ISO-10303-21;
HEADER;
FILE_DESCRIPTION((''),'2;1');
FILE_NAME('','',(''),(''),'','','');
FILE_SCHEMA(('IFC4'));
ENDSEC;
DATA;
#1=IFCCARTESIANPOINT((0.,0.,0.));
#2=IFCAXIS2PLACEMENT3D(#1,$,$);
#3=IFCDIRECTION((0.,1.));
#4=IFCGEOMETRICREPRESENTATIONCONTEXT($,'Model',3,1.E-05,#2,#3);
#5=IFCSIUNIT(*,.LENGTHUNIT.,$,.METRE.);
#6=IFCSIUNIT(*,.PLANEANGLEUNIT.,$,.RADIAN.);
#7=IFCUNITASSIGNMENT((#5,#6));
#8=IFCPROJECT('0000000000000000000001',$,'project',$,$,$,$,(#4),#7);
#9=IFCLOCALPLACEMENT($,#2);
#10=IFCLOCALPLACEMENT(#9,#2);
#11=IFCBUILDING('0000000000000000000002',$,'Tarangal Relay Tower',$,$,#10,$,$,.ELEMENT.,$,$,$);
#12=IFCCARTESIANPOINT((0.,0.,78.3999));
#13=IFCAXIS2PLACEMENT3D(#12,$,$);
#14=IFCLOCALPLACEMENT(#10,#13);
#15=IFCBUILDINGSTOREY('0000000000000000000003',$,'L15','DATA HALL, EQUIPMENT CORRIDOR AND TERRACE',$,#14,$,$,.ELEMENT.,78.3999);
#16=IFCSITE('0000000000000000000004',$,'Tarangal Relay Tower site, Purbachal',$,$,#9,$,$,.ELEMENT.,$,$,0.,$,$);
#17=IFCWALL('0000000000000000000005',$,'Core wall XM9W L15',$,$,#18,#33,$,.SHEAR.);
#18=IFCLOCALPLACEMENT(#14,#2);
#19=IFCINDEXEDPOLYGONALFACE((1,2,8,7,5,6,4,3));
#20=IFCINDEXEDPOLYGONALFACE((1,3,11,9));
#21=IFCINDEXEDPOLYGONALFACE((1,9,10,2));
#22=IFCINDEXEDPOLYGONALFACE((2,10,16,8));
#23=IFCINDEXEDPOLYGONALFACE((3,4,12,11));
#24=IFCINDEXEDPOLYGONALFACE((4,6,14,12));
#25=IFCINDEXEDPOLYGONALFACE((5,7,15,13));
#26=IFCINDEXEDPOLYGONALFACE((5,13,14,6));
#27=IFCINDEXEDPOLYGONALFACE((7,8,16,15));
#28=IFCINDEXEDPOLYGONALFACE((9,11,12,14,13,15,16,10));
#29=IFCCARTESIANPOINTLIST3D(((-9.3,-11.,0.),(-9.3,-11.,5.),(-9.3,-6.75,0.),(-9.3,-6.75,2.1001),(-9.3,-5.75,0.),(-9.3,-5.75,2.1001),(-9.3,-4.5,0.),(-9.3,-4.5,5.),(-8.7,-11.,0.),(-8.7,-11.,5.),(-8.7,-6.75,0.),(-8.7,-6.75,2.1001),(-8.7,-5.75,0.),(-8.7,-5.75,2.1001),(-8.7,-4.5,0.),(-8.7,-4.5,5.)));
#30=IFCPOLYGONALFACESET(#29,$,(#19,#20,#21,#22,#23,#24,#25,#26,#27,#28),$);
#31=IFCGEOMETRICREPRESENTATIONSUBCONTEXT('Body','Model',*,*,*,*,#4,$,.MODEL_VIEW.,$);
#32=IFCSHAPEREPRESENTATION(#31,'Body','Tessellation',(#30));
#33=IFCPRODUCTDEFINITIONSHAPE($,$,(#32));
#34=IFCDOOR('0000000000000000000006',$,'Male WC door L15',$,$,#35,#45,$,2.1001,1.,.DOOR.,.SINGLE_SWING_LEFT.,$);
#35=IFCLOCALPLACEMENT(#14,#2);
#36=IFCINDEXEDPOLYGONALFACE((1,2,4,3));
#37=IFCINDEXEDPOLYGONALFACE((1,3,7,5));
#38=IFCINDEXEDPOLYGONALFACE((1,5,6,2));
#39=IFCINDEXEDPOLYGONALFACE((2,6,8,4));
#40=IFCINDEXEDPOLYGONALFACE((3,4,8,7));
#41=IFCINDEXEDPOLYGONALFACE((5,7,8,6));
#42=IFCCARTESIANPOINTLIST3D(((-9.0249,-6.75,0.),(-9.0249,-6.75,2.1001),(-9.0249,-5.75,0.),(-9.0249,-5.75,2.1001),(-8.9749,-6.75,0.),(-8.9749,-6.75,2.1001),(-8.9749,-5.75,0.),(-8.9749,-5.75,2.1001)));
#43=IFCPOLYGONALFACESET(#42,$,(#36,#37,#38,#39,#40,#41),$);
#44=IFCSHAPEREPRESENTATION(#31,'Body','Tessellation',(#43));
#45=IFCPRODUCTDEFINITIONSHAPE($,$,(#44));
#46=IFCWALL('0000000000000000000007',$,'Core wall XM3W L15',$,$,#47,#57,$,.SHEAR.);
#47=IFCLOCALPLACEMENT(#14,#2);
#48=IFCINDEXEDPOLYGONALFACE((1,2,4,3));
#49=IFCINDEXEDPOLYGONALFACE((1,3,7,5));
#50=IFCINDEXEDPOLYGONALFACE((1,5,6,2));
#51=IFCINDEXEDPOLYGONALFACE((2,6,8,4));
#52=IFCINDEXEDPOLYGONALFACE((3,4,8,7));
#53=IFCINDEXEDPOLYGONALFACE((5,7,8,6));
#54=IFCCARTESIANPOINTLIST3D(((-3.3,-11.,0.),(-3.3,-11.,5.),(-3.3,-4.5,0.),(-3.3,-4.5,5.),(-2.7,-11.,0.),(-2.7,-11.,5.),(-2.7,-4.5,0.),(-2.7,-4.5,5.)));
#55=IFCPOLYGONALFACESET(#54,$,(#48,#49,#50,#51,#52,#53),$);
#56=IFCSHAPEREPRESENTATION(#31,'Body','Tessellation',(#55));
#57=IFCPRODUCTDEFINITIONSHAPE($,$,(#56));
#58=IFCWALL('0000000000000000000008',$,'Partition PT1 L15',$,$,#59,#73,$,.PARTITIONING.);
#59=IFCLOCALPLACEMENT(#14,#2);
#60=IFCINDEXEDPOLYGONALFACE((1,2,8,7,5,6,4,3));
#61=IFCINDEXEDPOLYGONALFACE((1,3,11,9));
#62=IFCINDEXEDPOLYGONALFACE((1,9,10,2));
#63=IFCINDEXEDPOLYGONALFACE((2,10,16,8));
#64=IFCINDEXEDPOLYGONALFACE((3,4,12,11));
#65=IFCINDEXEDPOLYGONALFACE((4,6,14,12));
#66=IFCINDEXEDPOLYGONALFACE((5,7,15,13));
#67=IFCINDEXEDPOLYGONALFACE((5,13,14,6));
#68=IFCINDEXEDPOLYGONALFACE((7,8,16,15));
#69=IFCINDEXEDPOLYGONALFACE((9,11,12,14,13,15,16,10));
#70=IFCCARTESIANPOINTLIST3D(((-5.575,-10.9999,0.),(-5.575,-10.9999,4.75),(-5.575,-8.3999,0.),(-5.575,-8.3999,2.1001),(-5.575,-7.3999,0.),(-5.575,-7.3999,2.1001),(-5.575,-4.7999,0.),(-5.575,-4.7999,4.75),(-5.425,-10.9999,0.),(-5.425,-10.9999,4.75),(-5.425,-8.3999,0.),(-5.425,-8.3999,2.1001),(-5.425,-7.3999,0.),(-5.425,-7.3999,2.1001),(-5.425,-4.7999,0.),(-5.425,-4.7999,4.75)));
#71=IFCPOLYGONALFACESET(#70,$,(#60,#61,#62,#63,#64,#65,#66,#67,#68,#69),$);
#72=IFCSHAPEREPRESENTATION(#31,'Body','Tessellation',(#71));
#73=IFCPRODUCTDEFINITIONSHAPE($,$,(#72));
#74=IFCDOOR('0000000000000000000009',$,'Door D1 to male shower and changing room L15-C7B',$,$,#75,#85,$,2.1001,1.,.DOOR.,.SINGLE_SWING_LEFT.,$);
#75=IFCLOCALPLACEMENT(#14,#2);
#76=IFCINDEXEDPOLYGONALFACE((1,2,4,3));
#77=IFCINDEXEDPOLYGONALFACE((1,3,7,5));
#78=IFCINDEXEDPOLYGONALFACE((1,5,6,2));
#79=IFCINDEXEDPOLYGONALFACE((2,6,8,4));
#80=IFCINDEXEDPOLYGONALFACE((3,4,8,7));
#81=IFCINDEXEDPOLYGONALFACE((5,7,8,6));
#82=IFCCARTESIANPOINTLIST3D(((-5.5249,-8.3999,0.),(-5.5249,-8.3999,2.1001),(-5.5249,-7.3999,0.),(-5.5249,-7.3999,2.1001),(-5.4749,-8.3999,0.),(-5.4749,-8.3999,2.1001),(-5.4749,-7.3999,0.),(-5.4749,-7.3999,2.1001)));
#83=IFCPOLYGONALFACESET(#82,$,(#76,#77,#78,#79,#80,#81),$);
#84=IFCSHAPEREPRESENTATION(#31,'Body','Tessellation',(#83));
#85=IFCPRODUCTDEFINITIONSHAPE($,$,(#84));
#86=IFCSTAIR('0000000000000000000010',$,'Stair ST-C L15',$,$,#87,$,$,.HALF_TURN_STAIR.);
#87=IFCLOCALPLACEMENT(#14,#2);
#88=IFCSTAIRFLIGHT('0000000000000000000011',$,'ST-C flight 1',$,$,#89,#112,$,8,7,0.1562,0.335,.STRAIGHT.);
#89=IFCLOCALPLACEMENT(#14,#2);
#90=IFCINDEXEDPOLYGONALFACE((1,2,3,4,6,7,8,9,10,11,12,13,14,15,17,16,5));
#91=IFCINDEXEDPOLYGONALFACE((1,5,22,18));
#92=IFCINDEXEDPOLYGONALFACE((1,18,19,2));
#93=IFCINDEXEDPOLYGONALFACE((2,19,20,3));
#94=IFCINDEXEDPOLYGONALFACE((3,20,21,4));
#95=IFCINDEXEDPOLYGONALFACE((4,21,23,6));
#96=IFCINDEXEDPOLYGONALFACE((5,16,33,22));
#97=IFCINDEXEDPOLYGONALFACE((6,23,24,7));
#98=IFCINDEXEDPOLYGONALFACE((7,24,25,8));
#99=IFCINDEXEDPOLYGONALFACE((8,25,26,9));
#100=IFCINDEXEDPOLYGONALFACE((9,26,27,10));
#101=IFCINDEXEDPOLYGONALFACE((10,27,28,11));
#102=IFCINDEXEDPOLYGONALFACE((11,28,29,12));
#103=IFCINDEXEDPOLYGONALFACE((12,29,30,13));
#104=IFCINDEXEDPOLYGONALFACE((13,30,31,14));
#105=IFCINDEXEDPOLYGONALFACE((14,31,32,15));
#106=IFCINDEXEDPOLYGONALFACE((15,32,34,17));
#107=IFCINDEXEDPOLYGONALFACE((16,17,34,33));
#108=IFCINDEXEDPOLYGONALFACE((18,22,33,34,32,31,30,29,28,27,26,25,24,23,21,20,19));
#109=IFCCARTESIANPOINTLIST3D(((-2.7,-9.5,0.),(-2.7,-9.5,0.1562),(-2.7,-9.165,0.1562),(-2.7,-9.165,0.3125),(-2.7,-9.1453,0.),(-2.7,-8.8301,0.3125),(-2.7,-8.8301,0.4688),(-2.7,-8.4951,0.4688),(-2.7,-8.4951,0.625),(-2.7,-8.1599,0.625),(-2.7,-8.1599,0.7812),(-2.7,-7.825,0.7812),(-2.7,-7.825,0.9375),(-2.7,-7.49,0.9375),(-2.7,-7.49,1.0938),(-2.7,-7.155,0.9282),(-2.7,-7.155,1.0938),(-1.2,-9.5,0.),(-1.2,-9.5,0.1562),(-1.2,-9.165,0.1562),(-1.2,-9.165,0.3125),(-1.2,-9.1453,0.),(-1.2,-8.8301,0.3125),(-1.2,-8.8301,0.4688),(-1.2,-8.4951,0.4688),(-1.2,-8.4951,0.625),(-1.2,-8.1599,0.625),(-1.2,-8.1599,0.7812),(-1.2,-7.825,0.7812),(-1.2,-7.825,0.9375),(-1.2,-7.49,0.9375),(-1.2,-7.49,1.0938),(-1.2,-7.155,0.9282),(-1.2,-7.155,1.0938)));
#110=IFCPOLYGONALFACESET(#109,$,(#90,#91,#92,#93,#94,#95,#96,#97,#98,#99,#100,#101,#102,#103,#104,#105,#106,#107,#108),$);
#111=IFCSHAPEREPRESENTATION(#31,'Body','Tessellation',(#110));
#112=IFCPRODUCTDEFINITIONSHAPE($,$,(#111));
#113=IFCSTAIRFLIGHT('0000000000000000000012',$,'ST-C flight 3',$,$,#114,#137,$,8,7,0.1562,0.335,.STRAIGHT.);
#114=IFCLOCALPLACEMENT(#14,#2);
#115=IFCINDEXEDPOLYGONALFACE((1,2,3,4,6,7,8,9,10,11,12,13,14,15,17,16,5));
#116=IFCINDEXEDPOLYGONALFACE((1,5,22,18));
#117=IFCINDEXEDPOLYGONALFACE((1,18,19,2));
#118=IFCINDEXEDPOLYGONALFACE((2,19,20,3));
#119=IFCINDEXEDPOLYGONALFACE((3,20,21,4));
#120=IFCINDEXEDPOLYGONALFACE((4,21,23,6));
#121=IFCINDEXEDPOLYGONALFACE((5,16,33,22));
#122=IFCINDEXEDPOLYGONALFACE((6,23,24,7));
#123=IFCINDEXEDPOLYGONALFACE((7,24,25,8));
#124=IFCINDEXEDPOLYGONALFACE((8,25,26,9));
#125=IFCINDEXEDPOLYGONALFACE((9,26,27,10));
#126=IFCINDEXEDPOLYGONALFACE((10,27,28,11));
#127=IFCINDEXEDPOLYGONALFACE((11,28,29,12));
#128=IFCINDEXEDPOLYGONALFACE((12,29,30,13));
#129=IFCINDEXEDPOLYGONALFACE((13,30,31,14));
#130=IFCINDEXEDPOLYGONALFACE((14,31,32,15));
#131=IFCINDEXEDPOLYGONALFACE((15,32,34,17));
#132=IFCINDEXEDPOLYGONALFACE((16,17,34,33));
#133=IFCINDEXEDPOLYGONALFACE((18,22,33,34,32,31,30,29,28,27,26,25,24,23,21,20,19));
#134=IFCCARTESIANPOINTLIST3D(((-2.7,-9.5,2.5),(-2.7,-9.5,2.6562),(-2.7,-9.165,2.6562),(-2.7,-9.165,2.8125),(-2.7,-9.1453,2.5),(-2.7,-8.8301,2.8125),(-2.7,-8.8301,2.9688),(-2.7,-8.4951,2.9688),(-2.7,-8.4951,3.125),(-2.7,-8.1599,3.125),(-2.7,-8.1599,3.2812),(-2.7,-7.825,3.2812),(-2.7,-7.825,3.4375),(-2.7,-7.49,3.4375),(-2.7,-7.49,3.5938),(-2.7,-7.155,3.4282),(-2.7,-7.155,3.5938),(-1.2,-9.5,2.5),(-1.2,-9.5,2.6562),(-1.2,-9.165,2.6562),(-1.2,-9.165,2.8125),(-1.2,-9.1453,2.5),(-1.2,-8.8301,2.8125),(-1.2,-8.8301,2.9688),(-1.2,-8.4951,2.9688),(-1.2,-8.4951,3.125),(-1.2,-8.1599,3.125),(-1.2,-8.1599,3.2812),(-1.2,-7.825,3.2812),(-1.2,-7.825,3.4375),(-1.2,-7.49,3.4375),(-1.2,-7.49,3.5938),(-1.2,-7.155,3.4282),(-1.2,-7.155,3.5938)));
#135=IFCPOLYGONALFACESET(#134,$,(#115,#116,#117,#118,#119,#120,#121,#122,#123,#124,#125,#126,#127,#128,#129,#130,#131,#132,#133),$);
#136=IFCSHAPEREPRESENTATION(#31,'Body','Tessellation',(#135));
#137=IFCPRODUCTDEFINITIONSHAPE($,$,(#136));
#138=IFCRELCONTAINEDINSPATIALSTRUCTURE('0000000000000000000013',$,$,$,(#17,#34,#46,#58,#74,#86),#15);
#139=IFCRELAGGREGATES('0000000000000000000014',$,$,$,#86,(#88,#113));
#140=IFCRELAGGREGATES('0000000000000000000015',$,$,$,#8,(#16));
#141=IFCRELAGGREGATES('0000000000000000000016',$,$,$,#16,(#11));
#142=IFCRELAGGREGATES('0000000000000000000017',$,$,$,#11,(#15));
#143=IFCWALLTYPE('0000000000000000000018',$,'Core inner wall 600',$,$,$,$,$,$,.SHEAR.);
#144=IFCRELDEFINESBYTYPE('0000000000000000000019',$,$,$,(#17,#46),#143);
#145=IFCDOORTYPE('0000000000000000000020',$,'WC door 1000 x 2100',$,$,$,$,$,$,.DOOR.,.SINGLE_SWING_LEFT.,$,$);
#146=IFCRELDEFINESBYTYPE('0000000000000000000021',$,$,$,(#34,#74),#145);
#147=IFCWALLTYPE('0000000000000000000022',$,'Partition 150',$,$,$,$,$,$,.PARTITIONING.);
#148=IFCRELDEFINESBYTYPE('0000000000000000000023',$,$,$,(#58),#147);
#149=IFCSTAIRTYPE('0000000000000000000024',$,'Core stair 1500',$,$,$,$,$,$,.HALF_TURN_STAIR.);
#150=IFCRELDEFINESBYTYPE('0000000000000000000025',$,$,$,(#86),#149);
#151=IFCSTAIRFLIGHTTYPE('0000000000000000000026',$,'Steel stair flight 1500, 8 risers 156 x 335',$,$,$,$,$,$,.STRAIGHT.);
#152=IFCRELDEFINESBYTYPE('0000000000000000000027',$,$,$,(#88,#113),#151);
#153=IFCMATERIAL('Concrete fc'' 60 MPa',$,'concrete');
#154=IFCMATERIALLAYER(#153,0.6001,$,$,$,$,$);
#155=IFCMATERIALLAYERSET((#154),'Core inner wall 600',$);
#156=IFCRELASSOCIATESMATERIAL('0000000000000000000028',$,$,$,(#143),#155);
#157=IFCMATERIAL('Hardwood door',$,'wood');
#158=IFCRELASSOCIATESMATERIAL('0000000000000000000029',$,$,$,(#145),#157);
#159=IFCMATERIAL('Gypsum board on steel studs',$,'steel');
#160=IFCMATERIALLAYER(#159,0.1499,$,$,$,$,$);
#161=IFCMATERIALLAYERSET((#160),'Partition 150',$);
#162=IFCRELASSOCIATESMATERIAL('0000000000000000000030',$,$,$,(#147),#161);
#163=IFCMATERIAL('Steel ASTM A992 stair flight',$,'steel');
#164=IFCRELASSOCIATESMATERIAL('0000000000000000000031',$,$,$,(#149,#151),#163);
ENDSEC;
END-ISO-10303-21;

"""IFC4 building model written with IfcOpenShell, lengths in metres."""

from ifc_helpers import new_model, si_unit, direction, frame, frame_2d, origin, place, context, subcontext, project, spatial, polyline, rectangle, outline, extrude, material, layer, layer_set, type_object, element, fill, aggregate, save


model = new_model("IFC4")

# Units and contexts
model_context = context("Model", 3, precision=1e-05, world=origin(), true_north=direction((0.0, 1.0)))
body_context = subcontext(model_context, "Body", "Model", "MODEL_VIEW")
ifc_project = project(units=[si_unit("LENGTHUNIT", "METRE"), si_unit("PLANEANGLEUNIT", "RADIAN")], contexts=[model_context])

# Site, building, storey
site_placement = place(None, origin())
site = spatial("IfcSite", under=ifc_project, at=site_placement, Name="Tarangal Relay Tower site, Purbachal", CompositionType="ELEMENT", RefElevation=0.0)
building_placement = place(site_placement, origin())
building = spatial("IfcBuilding", under=site, at=building_placement, Name="Tarangal Relay Tower", CompositionType="ELEMENT")
storey_placement = place(building_placement, frame((0.0, 0.0, 78.3999)))
storey = spatial("IfcBuildingStorey", under=building, at=storey_placement, Name="L15", Description="DATA HALL, EQUIPMENT CORRIDOR AND TERRACE", CompositionType="ELEMENT", Elevation=78.3999)

# Shared definitions
ifc_material_1 = material(Name="Concrete fc' 60 MPa", Category="concrete")
ifc_layer_1 = layer(ifc_material_1, 0.6001)
ifc_layer_set_1 = layer_set([ifc_layer_1], Name="Core inner wall 600")
wall_type_1 = type_object("IfcWallType", Name="Core inner wall 600", PredefinedType="SHEAR", material=ifc_layer_set_1)

# Shared definitions
ifc_material_2 = material(Name="Hardwood door", Category="wood")
door_type = type_object("IfcDoorType", Name="WC door 1000 x 2100", OperationType="SINGLE_SWING_LEFT", PredefinedType="DOOR", material=ifc_material_2)

# Wall, opening, door
wall_1_placement = place(storey_placement, frame((-9.0, -11.0, 0.0), z_axis=(0.0, 0.0, 1.0), x_axis=(0.0, 1.0, 0.0)))
wall_1 = element("IfcWall", 1, at=wall_1_placement, inside=storey, type_object=wall_type_1, Name="Core wall XM9W L15", PredefinedType="SHEAR", context=body_context, shape_type="SweptSolid", body=[
    extrude(rectangle(XDim=6.5, YDim=0.6001, at=frame_2d((3.25, 0.0))), origin(), (0.0, 0.0, 1.0), 5.0),
])
opening_1_placement = place(wall_1_placement, frame((4.25, 0.0, 0.0)))
opening_1 = element("IfcOpeningElement", 2, at=opening_1_placement, cuts=wall_1, PredefinedType="OPENING", context=body_context, shape_type="SweptSolid", body=[
    extrude(rectangle(XDim=1.0, YDim=2.1001, at=frame_2d((0.5, 1.05))), frame((0.0, 0.3101, 0.0), z_axis=(0.0, -1.0, 0.0), x_axis=(1.0, 0.0, 0.0)), (0.0, 0.0, 1.0), 0.6201),
])
door_1_placement = place(opening_1_placement, origin())
door_1 = element("IfcDoor", 3, at=door_1_placement, inside=storey, type_object=door_type, Name="Male WC door L15", OperationType="SINGLE_SWING_LEFT", OverallHeight=2.1001, OverallWidth=1.0, PredefinedType="DOOR", context=body_context, shape_type="SweptSolid", body=[
    extrude(rectangle(XDim=1.0, YDim=2.1001, at=frame_2d((0.5, 1.05))), frame((0.0, 0.0249, 0.0), z_axis=(0.0, -1.0, 0.0), x_axis=(1.0, 0.0, 0.0)), (0.0, 0.0, 1.0), 0.05),
])
fill(opening_1, door_1)

# Wall
wall_2_placement = place(storey_placement, frame((-3.0, -11.0, 0.0), z_axis=(0.0, 0.0, 1.0), x_axis=(0.0, 1.0, 0.0)))
element("IfcWall", 4, at=wall_2_placement, inside=storey, type_object=wall_type_1, Name="Core wall XM3W L15", PredefinedType="SHEAR", context=body_context, shape_type="SweptSolid", body=[
    extrude(rectangle(XDim=6.5, YDim=0.6001, at=frame_2d((3.25, 0.0))), origin(), (0.0, 0.0, 1.0), 5.0),
])

# Wall, opening, door
ifc_material_3 = material(Name="Gypsum board on steel studs", Category="steel")
ifc_layer_2 = layer(ifc_material_3, 0.1499)
ifc_layer_set_2 = layer_set([ifc_layer_2], Name="Partition 150")
wall_type_2 = type_object("IfcWallType", Name="Partition 150", PredefinedType="PARTITIONING", material=ifc_layer_set_2)
wall_3_placement = place(storey_placement, frame((-5.5, -11.0, 0.0), z_axis=(0.0, 0.0, 1.0), x_axis=(0.0, 1.0, 0.0)))
wall_3 = element("IfcWall", 5, at=wall_3_placement, inside=storey, type_object=wall_type_2, Name="Partition PT1 L15", PredefinedType="PARTITIONING", context=body_context, shape_type="SweptSolid", body=[
    extrude(rectangle(XDim=6.2, YDim=0.1499, at=frame_2d((3.1001, 0.0))), origin(), (0.0, 0.0, 1.0), 4.75),
])
opening_2_placement = place(wall_3_placement, frame((2.6001, 0.0, 0.0)))
opening_2 = element("IfcOpeningElement", 6, at=opening_2_placement, cuts=wall_3, PredefinedType="OPENING", context=body_context, shape_type="SweptSolid", body=[
    extrude(rectangle(XDim=1.0, YDim=2.1001, at=frame_2d((0.5, 1.05))), frame((0.0, 0.085, 0.0), z_axis=(0.0, -1.0, 0.0), x_axis=(1.0, 0.0, 0.0)), (0.0, 0.0, 1.0), 0.1699),
])
door_2_placement = place(opening_2_placement, origin())
door_2 = element("IfcDoor", 7, at=door_2_placement, inside=storey, type_object=door_type, Name="Door D1 to male shower and changing room L15-C7B", OperationType="SINGLE_SWING_LEFT", OverallHeight=2.1001, OverallWidth=1.0, PredefinedType="DOOR", context=body_context, shape_type="SweptSolid", body=[
    extrude(rectangle(XDim=1.0, YDim=2.1001, at=frame_2d((0.5, 1.05))), frame((0.0, 0.0249, 0.0), z_axis=(0.0, -1.0, 0.0), x_axis=(1.0, 0.0, 0.0)), (0.0, 0.0, 1.0), 0.05),
])
fill(opening_2, door_2)

# Stair, stair flights
ifc_material_4 = material(Name="Steel ASTM A992 stair flight", Category="steel")
stair_type = type_object("IfcStairType", Name="Core stair 1500", PredefinedType="HALF_TURN_STAIR", material=ifc_material_4)
stair_placement = place(storey_placement, origin())
stair = element("IfcStair", 8, at=stair_placement, inside=storey, type_object=stair_type, Name="Stair ST-C L15", PredefinedType="HALF_TURN_STAIR")
stair_flight_type = type_object("IfcStairFlightType", Name="Steel stair flight 1500, 8 risers 156 x 335", PredefinedType="STRAIGHT", material=ifc_material_4)
stair_flight_1_placement = place(storey_placement, frame((-1.95, -9.5, 0.0), z_axis=(0.0, 0.0, 1.0), x_axis=(0.0, 1.0, 0.0)))
stair_flight_1 = element("IfcStairFlight", 9, at=stair_flight_1_placement, type_object=stair_flight_type, Name="ST-C flight 1", NumberOfRisers=8, NumberOfTreads=7, PredefinedType="STRAIGHT", RiserHeight=0.1562, TreadLength=0.335, context=body_context, shape_type="SweptSolid", body=[
    extrude(outline(polyline([(0.0, 0.0), (0.0, 0.1562), (0.335, 0.1562), (0.335, 0.3125), (0.6699, 0.3125), (0.6699, 0.4688), (1.0049, 0.4688), (1.0049, 0.625), (1.3401, 0.625), (1.3401, 0.7812), (1.675, 0.7812), (1.675, 0.9375), (2.01, 0.9375), (2.01, 1.0938), (2.345, 1.0938), (2.345, 1.25), (2.345, 0.9282), (0.3547, 0.0), (0.0, 0.0)])), frame((0.0, 0.75, 0.0), z_axis=(0.0, -1.0, 0.0), x_axis=(1.0, 0.0, 0.0)), (0.0, 0.0, 1.0), 1.5),
])
stair_flight_2_placement = place(storey_placement, frame((-1.95, -9.5, 2.5), z_axis=(0.0, 0.0, 1.0), x_axis=(0.0, 1.0, 0.0)))
stair_flight_2 = element("IfcStairFlight", 10, at=stair_flight_2_placement, type_object=stair_flight_type, Name="ST-C flight 3", NumberOfRisers=8, NumberOfTreads=7, PredefinedType="STRAIGHT", RiserHeight=0.1562, TreadLength=0.335, context=body_context, shape_type="SweptSolid", body=[
    extrude(outline(polyline([(0.0, 0.0), (0.0, 0.1562), (0.335, 0.1562), (0.335, 0.3125), (0.6699, 0.3125), (0.6699, 0.4688), (1.0049, 0.4688), (1.0049, 0.625), (1.3401, 0.625), (1.3401, 0.7812), (1.675, 0.7812), (1.675, 0.9375), (2.01, 0.9375), (2.01, 1.0938), (2.345, 1.0938), (2.345, 1.25), (2.345, 0.9282), (0.3547, 0.0), (0.0, 0.0)])), frame((0.0, 0.75, 0.0), z_axis=(0.0, -1.0, 0.0), x_axis=(1.0, 0.0, 0.0)), (0.0, 0.0, 1.0), 1.5),
])
aggregate(stair, [stair_flight_1, stair_flight_2])

save(model, "model.ifc")
